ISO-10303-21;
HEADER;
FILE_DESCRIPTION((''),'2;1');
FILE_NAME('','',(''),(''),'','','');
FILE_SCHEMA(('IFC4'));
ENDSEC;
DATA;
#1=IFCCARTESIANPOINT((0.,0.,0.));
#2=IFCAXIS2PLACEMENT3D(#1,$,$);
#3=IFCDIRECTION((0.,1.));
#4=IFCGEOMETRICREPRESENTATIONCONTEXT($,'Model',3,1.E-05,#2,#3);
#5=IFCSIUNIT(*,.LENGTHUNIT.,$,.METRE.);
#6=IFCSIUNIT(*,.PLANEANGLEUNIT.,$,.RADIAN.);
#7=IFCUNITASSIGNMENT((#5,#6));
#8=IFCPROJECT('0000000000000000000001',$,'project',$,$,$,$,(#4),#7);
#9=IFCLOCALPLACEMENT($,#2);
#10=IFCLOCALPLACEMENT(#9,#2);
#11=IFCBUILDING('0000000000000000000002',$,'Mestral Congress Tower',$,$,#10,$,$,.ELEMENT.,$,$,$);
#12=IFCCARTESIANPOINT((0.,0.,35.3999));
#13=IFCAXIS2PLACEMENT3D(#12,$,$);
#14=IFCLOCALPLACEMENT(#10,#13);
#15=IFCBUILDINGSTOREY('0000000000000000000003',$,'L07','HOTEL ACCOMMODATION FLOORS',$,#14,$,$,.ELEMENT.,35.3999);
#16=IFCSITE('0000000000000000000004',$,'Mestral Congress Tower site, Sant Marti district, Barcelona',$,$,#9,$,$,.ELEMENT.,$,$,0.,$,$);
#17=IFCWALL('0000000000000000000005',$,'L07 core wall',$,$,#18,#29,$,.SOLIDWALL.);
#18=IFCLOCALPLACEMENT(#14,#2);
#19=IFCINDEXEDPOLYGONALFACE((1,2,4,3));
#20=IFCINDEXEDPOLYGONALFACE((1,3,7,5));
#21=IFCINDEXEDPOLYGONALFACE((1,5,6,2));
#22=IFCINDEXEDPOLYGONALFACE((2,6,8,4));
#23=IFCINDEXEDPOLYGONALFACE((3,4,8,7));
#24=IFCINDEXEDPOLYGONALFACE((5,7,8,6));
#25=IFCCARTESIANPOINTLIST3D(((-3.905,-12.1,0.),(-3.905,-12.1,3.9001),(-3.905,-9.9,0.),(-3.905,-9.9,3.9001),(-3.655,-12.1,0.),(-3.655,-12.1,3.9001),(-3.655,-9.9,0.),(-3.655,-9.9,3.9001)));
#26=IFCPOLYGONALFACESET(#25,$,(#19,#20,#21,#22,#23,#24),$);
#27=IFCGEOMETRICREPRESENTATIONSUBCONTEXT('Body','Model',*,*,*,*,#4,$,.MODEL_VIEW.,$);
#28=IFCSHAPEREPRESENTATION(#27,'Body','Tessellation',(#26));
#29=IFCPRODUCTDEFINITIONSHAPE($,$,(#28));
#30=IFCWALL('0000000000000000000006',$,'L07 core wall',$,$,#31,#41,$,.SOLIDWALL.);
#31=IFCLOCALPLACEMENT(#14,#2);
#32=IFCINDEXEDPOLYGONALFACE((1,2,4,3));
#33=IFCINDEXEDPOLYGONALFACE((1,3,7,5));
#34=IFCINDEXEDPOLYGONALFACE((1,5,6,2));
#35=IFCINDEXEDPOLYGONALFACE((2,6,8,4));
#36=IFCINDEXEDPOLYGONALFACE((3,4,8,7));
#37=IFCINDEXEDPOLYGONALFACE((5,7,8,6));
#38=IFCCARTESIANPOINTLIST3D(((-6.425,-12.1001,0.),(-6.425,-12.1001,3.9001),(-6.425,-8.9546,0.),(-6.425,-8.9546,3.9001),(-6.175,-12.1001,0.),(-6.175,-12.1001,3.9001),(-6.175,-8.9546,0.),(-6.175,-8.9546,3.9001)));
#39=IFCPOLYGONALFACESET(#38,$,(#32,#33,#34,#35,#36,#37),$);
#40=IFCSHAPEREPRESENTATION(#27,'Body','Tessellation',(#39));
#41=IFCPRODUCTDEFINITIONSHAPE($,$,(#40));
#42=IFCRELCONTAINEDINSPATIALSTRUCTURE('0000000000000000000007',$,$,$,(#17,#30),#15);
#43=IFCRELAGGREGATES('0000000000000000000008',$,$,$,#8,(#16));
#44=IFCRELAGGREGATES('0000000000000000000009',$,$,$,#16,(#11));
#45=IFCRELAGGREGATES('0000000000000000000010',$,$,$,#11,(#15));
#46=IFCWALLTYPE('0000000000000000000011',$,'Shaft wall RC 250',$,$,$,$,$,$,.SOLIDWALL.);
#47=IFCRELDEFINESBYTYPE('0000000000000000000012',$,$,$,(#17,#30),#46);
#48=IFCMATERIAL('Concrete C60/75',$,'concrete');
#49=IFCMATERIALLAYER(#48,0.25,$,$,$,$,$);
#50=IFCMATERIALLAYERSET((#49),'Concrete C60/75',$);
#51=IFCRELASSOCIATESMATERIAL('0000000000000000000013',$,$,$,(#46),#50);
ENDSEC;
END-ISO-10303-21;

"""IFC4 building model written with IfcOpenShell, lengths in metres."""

from ifc_helpers import new_model, si_unit, direction, frame, frame_2d, origin, place, context, subcontext, project, spatial, rectangle, extrude, material, layer, layer_set, type_object, element, save


model = new_model("IFC4")

# Units and contexts
model_context = context("Model", 3, precision=1e-05, world=origin(), true_north=direction((0.0, 1.0)))
body_context = subcontext(model_context, "Body", "Model", "MODEL_VIEW")
ifc_project = project(units=[si_unit("LENGTHUNIT", "METRE"), si_unit("PLANEANGLEUNIT", "RADIAN")], contexts=[model_context])

# Site, building, storey
site_placement = place(None, origin())
site = spatial("IfcSite", under=ifc_project, at=site_placement, Name="Mestral Congress Tower site, Sant Marti district, Barcelona", CompositionType="ELEMENT", RefElevation=0.0)
building_placement = place(site_placement, origin())
building = spatial("IfcBuilding", under=site, at=building_placement, Name="Mestral Congress Tower", CompositionType="ELEMENT")
storey_placement = place(building_placement, frame((0.0, 0.0, 35.3999)))
storey = spatial("IfcBuildingStorey", under=building, at=storey_placement, Name="L07", Description="HOTEL ACCOMMODATION FLOORS", CompositionType="ELEMENT", Elevation=35.3999)

# Walls
ifc_material_1 = material(Name="Concrete C60/75", Category="concrete")
ifc_layer_1 = layer(ifc_material_1, 0.25)
ifc_layer_set_1 = layer_set([ifc_layer_1], Name="Concrete C60/75")
wall_type_1 = type_object("IfcWallType", Name="Shaft wall RC 250", PredefinedType="SOLIDWALL", material=ifc_layer_set_1)
wall_1_placement = place(storey_placement, frame((-3.78, -12.1001, 0.0), z_axis=(0.0, 0.0, 1.0), x_axis=(0.0, 1.0, 0.0)))
element("IfcWall", 1, at=wall_1_placement, inside=storey, type_object=wall_type_1, Name="L07 core wall", PredefinedType="SOLIDWALL", context=body_context, shape_type="SweptSolid", body=[
    extrude(rectangle(XDim=2.2, YDim=0.25, at=frame_2d((1.1001, 0.0))), origin(), (0.0, 0.0, 1.0), 3.9001),
])
wall_2_placement = place(storey_placement, frame((-6.3, -12.1001, 0.0), z_axis=(0.0, 0.0, 1.0), x_axis=(0.0, 1.0, 0.0)))
element("IfcWall", 2, at=wall_2_placement, inside=storey, type_object=wall_type_1, Name="L07 core wall", PredefinedType="SOLIDWALL", context=body_context, shape_type="SweptSolid", body=[
    extrude(rectangle(XDim=3.1455, YDim=0.25, at=frame_2d((1.5728, 0.0))), origin(), (0.0, 0.0, 1.0), 3.9001),
])

save(model, "model.ifc")
